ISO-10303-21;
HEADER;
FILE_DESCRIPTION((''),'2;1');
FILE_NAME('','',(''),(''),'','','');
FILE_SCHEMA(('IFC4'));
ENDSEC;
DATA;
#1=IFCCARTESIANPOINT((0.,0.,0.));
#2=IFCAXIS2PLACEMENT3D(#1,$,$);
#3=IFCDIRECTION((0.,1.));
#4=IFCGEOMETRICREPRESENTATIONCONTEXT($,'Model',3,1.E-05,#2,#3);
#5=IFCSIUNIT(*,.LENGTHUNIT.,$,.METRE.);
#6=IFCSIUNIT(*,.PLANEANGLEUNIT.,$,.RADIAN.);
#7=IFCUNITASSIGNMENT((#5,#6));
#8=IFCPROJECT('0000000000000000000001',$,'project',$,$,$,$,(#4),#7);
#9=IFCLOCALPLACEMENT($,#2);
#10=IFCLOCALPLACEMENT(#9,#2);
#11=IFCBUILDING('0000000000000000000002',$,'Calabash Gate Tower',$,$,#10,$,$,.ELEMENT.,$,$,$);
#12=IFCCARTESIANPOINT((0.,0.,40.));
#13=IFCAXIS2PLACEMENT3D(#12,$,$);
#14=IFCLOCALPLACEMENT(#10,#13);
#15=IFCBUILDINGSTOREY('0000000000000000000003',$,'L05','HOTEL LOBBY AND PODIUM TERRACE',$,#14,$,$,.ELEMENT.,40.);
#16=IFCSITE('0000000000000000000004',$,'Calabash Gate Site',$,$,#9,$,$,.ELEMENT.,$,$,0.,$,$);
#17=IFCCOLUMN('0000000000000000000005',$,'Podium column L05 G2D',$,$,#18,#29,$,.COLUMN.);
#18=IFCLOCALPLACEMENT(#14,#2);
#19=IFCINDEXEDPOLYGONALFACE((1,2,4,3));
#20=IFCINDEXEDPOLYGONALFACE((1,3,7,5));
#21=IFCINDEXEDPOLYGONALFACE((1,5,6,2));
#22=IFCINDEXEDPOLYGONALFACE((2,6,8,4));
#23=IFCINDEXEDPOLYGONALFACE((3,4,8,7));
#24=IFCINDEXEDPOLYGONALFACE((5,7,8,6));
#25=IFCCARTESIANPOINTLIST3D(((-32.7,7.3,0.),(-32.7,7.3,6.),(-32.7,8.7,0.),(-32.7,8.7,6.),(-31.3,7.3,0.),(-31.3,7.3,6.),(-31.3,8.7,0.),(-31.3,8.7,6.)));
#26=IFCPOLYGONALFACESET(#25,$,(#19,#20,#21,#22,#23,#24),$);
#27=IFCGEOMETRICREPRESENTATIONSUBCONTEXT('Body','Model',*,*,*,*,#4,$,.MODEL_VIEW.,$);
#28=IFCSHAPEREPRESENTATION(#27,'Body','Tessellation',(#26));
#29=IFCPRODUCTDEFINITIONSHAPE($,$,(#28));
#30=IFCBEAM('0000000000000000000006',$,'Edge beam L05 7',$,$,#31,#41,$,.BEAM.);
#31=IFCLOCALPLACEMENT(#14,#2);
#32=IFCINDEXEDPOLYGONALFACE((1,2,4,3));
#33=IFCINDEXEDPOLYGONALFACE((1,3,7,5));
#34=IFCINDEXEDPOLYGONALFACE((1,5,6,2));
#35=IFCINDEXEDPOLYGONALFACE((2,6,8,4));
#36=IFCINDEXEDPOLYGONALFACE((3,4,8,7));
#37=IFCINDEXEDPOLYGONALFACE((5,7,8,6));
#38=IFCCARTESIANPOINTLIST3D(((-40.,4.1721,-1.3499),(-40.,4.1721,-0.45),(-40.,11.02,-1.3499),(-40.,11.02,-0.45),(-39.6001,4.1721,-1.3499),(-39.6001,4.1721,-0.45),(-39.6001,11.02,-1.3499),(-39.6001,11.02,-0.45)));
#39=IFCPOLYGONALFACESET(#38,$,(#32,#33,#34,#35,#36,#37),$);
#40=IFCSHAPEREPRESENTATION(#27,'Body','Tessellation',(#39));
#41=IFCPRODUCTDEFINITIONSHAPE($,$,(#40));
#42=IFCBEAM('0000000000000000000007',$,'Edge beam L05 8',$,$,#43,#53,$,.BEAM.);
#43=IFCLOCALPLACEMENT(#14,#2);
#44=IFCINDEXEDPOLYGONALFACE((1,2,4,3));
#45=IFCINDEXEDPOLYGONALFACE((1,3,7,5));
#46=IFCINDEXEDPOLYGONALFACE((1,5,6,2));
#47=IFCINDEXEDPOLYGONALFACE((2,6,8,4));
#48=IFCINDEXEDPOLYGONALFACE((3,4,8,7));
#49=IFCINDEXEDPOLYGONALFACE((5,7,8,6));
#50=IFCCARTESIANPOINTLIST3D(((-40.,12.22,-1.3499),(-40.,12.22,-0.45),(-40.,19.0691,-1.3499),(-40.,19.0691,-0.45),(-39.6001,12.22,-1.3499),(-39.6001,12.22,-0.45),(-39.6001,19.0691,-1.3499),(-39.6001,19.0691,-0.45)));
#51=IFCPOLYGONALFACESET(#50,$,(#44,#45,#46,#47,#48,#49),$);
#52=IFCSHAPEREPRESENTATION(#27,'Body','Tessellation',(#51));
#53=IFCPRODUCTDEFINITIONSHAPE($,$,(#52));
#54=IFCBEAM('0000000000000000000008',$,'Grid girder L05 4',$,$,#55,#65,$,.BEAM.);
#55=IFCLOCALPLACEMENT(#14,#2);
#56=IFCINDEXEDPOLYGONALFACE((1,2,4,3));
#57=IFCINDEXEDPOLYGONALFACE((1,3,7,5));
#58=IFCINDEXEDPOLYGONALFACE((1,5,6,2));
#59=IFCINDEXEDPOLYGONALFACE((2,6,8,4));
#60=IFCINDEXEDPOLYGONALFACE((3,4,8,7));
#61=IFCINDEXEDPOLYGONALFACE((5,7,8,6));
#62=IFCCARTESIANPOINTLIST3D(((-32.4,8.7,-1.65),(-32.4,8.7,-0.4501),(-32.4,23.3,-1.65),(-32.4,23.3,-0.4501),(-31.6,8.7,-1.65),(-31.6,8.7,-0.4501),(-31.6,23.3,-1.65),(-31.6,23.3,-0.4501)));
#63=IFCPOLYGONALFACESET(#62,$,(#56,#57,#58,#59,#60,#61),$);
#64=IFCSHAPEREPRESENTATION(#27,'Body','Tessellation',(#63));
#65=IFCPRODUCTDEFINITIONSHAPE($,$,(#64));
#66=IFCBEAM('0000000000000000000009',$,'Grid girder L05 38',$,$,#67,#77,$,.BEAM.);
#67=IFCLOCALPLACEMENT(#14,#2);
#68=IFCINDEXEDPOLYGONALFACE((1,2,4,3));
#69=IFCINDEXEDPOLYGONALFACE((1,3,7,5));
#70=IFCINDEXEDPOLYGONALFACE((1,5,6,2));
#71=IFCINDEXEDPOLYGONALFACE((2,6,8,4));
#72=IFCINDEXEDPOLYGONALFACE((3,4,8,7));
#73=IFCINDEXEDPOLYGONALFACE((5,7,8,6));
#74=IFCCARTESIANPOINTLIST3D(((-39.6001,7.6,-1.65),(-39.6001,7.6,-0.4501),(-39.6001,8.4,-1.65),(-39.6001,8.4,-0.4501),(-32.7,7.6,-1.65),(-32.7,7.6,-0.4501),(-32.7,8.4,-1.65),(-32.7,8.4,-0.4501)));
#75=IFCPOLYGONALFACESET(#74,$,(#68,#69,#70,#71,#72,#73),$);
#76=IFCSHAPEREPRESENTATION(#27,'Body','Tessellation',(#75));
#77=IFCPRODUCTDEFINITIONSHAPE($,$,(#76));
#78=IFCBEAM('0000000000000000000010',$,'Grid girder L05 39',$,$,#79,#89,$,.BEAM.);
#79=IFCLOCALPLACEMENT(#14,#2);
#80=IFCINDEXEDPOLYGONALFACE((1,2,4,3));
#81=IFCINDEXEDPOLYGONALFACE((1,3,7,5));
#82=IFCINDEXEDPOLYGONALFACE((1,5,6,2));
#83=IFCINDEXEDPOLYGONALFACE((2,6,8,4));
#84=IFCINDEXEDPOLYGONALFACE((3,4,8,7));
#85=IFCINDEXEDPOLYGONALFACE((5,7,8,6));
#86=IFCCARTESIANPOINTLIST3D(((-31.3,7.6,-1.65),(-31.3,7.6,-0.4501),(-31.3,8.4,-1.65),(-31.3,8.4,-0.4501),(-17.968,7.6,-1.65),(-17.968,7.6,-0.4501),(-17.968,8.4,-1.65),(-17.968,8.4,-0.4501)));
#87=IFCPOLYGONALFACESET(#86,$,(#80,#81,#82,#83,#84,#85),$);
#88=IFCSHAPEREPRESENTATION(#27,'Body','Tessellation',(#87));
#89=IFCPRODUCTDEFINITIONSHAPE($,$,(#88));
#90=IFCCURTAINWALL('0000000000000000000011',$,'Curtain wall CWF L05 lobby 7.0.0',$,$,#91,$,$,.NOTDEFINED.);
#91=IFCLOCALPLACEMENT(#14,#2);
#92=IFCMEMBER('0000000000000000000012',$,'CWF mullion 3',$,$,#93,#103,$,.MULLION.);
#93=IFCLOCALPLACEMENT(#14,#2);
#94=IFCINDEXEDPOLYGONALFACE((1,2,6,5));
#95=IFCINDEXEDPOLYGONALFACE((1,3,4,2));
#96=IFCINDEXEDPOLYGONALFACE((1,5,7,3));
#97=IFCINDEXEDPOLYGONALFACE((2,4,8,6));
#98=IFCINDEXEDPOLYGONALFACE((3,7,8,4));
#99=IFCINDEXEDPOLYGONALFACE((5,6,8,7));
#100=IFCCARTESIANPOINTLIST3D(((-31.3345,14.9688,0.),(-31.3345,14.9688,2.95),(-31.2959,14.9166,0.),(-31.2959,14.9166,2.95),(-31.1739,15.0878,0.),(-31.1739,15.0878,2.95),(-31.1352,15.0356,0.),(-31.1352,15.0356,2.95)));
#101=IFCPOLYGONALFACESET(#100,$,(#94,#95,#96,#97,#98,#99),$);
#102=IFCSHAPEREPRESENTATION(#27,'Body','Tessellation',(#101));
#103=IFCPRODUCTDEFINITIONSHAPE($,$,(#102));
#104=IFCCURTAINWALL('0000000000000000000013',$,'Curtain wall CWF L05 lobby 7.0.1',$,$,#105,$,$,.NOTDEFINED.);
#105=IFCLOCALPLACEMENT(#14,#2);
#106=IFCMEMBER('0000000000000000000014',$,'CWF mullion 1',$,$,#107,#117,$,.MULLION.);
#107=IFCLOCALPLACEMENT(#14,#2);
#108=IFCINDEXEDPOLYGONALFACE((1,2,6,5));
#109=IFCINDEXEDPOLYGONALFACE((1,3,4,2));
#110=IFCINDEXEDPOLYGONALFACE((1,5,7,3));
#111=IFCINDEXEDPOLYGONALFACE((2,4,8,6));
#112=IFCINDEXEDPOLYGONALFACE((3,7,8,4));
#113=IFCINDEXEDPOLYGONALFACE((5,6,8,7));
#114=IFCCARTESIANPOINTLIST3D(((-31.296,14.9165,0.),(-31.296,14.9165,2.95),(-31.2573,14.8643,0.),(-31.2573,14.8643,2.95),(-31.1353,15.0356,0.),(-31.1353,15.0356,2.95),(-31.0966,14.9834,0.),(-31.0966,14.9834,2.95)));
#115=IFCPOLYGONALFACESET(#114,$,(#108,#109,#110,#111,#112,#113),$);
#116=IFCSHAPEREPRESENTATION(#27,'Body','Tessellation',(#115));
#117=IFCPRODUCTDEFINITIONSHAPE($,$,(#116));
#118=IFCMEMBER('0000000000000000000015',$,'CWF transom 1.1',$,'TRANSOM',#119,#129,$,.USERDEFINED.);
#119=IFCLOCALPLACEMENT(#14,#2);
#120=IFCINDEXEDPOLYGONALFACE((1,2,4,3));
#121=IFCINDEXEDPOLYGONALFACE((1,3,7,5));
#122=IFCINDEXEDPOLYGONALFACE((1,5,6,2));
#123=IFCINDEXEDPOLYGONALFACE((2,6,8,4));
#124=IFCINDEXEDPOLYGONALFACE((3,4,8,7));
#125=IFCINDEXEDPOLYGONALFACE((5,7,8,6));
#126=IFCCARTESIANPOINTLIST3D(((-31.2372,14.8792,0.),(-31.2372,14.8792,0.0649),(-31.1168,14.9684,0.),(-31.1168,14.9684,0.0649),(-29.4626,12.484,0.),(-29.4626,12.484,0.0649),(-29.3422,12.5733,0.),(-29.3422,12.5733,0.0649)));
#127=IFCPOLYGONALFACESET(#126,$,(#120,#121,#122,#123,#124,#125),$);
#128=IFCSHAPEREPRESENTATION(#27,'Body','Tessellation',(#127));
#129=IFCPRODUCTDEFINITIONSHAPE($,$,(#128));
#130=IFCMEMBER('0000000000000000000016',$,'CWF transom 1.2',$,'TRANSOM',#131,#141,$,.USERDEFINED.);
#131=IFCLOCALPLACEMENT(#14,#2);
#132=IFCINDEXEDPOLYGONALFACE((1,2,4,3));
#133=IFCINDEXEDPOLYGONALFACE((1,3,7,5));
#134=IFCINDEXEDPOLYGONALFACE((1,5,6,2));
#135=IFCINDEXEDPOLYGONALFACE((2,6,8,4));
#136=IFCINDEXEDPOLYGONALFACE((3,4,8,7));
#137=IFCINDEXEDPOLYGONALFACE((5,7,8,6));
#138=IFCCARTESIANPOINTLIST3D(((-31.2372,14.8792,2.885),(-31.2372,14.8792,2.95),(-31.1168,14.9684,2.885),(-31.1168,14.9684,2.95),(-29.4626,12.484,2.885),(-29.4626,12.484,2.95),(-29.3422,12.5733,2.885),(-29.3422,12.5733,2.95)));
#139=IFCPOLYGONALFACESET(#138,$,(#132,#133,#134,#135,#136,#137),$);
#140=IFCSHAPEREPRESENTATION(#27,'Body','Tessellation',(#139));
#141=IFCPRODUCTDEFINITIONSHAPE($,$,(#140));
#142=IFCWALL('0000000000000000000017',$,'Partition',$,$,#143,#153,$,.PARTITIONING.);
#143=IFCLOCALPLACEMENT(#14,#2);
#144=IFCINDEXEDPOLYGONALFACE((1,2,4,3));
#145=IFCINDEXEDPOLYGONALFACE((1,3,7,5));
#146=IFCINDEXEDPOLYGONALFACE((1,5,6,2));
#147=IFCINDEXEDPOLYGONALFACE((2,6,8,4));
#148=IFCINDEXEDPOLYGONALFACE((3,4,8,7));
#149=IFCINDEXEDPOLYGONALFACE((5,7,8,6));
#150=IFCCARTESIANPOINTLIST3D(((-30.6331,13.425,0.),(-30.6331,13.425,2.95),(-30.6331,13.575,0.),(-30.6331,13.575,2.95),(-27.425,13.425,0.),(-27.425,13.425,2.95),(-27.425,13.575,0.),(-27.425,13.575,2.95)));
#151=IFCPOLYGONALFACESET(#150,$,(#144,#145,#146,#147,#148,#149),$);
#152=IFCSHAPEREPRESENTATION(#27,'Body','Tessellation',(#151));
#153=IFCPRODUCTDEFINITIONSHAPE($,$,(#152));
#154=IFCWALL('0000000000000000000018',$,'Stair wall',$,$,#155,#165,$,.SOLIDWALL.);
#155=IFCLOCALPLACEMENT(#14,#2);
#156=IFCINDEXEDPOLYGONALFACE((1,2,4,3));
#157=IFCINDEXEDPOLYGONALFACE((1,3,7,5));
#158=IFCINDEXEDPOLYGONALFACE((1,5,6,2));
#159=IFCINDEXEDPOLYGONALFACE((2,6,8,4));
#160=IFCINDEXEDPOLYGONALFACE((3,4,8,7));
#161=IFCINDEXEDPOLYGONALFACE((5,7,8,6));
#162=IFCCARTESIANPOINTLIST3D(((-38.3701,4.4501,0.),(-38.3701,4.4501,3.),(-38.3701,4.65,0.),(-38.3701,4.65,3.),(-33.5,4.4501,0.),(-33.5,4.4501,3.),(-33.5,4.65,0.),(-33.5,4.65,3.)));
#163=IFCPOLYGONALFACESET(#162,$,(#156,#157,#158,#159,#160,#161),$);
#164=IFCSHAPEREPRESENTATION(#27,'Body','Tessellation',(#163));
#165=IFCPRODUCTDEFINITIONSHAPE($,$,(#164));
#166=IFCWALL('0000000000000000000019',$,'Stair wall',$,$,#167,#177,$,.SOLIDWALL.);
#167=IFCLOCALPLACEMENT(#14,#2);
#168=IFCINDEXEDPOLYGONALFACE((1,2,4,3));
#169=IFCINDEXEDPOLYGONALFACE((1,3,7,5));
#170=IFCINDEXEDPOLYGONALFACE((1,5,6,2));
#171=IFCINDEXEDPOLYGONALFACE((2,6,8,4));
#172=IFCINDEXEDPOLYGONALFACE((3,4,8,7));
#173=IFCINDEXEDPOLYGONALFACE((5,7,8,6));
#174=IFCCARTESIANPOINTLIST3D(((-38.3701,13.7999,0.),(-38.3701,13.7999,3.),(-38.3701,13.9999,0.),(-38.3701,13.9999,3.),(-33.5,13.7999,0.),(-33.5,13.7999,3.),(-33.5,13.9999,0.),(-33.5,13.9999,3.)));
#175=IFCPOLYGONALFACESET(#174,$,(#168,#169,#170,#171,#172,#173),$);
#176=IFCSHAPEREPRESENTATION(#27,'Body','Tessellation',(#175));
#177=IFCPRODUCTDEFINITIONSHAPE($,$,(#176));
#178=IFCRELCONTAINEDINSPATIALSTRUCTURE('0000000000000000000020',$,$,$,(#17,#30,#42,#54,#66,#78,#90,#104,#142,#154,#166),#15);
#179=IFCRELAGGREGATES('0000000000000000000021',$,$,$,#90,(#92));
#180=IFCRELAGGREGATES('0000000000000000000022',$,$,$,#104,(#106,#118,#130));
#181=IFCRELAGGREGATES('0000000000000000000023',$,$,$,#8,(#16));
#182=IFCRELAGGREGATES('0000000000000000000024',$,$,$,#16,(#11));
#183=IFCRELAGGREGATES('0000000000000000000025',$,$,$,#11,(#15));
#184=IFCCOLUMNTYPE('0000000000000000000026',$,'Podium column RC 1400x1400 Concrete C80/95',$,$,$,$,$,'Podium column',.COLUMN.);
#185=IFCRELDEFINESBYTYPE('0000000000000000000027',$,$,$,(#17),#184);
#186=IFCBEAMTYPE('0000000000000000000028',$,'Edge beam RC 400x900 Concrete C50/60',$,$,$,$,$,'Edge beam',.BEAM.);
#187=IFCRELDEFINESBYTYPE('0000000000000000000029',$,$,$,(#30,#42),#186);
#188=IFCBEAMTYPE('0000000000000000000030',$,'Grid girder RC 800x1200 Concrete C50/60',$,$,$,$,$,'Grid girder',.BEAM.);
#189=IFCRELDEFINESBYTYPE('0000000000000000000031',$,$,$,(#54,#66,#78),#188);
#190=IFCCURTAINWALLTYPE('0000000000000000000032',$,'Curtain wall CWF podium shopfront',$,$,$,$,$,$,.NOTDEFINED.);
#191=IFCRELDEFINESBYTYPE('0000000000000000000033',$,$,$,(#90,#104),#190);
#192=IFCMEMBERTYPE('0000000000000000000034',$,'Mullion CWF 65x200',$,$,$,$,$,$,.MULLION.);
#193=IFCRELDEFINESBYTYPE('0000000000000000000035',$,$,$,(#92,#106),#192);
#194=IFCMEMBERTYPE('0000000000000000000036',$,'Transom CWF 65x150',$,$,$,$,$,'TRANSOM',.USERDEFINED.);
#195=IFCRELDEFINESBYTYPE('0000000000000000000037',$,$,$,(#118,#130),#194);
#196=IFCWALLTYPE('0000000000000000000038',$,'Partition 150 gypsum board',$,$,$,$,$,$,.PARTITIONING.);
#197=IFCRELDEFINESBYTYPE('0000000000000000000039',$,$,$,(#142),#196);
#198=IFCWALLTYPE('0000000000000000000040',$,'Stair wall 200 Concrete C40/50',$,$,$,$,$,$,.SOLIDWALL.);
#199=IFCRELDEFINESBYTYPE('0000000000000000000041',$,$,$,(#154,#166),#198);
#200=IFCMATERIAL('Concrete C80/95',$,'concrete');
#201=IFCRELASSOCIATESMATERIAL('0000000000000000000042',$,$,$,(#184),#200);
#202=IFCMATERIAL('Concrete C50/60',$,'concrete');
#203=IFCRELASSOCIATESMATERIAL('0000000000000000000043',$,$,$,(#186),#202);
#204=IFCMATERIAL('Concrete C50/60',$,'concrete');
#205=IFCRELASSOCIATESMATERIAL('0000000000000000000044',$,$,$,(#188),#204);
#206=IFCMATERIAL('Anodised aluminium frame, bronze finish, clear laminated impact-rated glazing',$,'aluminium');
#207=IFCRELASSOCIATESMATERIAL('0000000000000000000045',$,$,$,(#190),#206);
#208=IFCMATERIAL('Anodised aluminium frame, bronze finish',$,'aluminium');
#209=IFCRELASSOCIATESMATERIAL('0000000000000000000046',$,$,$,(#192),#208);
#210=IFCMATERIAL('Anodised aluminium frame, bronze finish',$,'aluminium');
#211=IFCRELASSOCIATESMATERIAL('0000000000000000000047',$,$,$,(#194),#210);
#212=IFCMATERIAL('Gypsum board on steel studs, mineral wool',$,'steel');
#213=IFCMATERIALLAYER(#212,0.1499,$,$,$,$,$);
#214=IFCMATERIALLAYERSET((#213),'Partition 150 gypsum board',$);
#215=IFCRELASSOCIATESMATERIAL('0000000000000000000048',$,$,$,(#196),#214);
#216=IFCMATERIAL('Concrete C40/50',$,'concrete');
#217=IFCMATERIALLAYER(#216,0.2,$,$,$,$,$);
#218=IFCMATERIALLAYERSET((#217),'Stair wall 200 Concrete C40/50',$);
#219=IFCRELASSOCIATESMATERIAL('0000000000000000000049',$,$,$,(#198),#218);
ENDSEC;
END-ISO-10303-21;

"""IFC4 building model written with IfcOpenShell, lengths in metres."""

from ifc_helpers import new_model, si_unit, direction, frame, frame_2d, origin, origin_2d, place, context, subcontext, project, spatial, rectangle, extrude, material, layer, layer_set, material_profile, profile_set, type_object, element, aggregate, save


model = new_model("IFC4")

# Units and contexts
model_context = context("Model", 3, precision=1e-05, world=origin(), true_north=direction((0.0, 1.0)))
body_context = subcontext(model_context, "Body", "Model", "MODEL_VIEW")
ifc_project = project(units=[si_unit("LENGTHUNIT", "METRE"), si_unit("PLANEANGLEUNIT", "RADIAN")], contexts=[model_context])

# Site, building, storey
site_placement = place(None, origin())
site = spatial("IfcSite", under=ifc_project, at=site_placement, Name="Calabash Gate Site", CompositionType="ELEMENT", RefElevation=0.0)
building_placement = place(site_placement, origin())
building = spatial("IfcBuilding", under=site, at=building_placement, Name="Calabash Gate Tower", CompositionType="ELEMENT")
storey_placement = place(building_placement, frame((0.0, 0.0, 40.0)))
storey = spatial("IfcBuildingStorey", under=building, at=storey_placement, Name="L05", Description="HOTEL LOBBY AND PODIUM TERRACE", CompositionType="ELEMENT", Elevation=40.0)

# Column
ifc_material_1 = material(Name="Concrete C80/95", Category="concrete")
ifc_material_profile_1 = material_profile(ifc_material_1, rectangle(XDim=1.3999, YDim=1.3999, at=origin_2d()))
ifc_profile_set_1 = profile_set([ifc_material_profile_1], Name="Concrete C80/95")
column_type = type_object("IfcColumnType", Name="Podium column RC 1400x1400 Concrete C80/95", ElementType="Podium column", PredefinedType="COLUMN", material=ifc_profile_set_1)
column_placement = place(storey_placement, frame((-32.0, 8.0, 0.0), z_axis=(0.0, 0.0, 1.0), x_axis=(1.0, 0.0, 0.0)))
element("IfcColumn", 1, at=column_placement, inside=storey, type_object=column_type, Name="Podium column L05 G2D", PredefinedType="COLUMN", context=body_context, shape_type="SweptSolid", body=[
    extrude(rectangle(XDim=1.3999, YDim=1.3999, at=origin_2d()), origin(), (0.0, 0.0, 1.0), 6.0),
])

# Beams
ifc_material_2 = material(Name="Concrete C50/60", Category="concrete")
ifc_material_profile_2 = material_profile(ifc_material_2, rectangle(XDim=0.3999, YDim=0.8999, at=origin_2d()))
ifc_profile_set_2 = profile_set([ifc_material_profile_2], Name="Concrete C50/60")
beam_type_1 = type_object("IfcBeamType", Name="Edge beam RC 400x900 Concrete C50/60", ElementType="Edge beam", PredefinedType="BEAM", material=ifc_profile_set_2)
beam_1_placement = place(storey_placement, frame((-39.8, 4.1721, -0.8999), z_axis=(0.0, 1.0, 0.0), x_axis=(-1.0, 0.0, 0.0)))
element("IfcBeam", 2, at=beam_1_placement, inside=storey, type_object=beam_type_1, Name="Edge beam L05 7", PredefinedType="BEAM", context=body_context, shape_type="SweptSolid", body=[
    extrude(rectangle(XDim=0.3999, YDim=0.8999, at=origin_2d()), origin(), (0.0, 0.0, 1.0), 6.8479),
])
beam_2_placement = place(storey_placement, frame((-39.8, 12.22, -0.8999), z_axis=(0.0, 1.0, 0.0), x_axis=(-1.0, 0.0, 0.0)))
element("IfcBeam", 3, at=beam_2_placement, inside=storey, type_object=beam_type_1, Name="Edge beam L05 8", PredefinedType="BEAM", context=body_context, shape_type="SweptSolid", body=[
    extrude(rectangle(XDim=0.3999, YDim=0.8999, at=origin_2d()), origin(), (0.0, 0.0, 1.0), 6.8491),
])
ifc_material_3 = material(Name="Concrete C50/60", Category="concrete")
ifc_material_profile_3 = material_profile(ifc_material_3, rectangle(XDim=0.8, YDim=1.2, at=origin_2d()))
ifc_profile_set_3 = profile_set([ifc_material_profile_3], Name="Concrete C50/60")
beam_type_2 = type_object("IfcBeamType", Name="Grid girder RC 800x1200 Concrete C50/60", ElementType="Grid girder", PredefinedType="BEAM", material=ifc_profile_set_3)
beam_3_placement = place(storey_placement, frame((-32.0, 8.7, -1.05), z_axis=(0.0, 1.0, 0.0), x_axis=(-1.0, 0.0, 0.0)))
element("IfcBeam", 4, at=beam_3_placement, inside=storey, type_object=beam_type_2, Name="Grid girder L05 4", PredefinedType="BEAM", context=body_context, shape_type="SweptSolid", body=[
    extrude(rectangle(XDim=0.8, YDim=1.2, at=origin_2d()), origin(), (0.0, 0.0, 1.0), 14.6001),
])
beam_4_placement = place(storey_placement, frame((-39.6001, 8.0, -1.05), z_axis=(1.0, 0.0, 0.0), x_axis=(0.0, 1.0, 0.0)))
element("IfcBeam", 5, at=beam_4_placement, inside=storey, type_object=beam_type_2, Name="Grid girder L05 38", PredefinedType="BEAM", context=body_context, shape_type="SweptSolid", body=[
    extrude(rectangle(XDim=0.8, YDim=1.2, at=origin_2d()), origin(), (0.0, 0.0, 1.0), 6.9001),
])
beam_5_placement = place(storey_placement, frame((-31.3, 8.0, -1.05), z_axis=(1.0, 0.0, 0.0), x_axis=(0.0, 1.0, 0.0)))
element("IfcBeam", 6, at=beam_5_placement, inside=storey, type_object=beam_type_2, Name="Grid girder L05 39", PredefinedType="BEAM", context=body_context, shape_type="SweptSolid", body=[
    extrude(rectangle(XDim=0.8, YDim=1.2, at=origin_2d()), origin(), (0.0, 0.0, 1.0), 13.332),
])

# Curtain wall, member
ifc_material_4 = material(Name="Anodised aluminium frame, bronze finish, clear laminated impact-rated glazing", Category="aluminium")
curtain_wall_type = type_object("IfcCurtainWallType", Name="Curtain wall CWF podium shopfront", PredefinedType="NOTDEFINED", material=ifc_material_4)
curtain_wall_1_placement = place(storey_placement, origin())
curtain_wall_1 = element("IfcCurtainWall", 7, at=curtain_wall_1_placement, inside=storey, type_object=curtain_wall_type, Name="Curtain wall CWF L05 lobby 7.0.0", PredefinedType="NOTDEFINED")
ifc_material_5 = material(Name="Anodised aluminium frame, bronze finish", Category="aluminium")
ifc_material_profile_4 = material_profile(ifc_material_5, rectangle(XDim=0.2, YDim=0.0649, at=origin_2d()))
ifc_profile_set_4 = profile_set([ifc_material_profile_4], Name="Anodised aluminium frame, bronze finish")
member_type_1 = type_object("IfcMemberType", Name="Mullion CWF 65x200", PredefinedType="MULLION", material=ifc_profile_set_4)
member_1_placement = place(storey_placement, frame((-31.2349, 15.0022, 0.0), z_axis=(0.0, 0.0, 1.0), x_axis=(0.803513, 0.595287, 0.0)))
member_1 = element("IfcMember", 8, at=member_1_placement, type_object=member_type_1, Name="CWF mullion 3", PredefinedType="MULLION", context=body_context, shape_type="SweptSolid", body=[
    extrude(rectangle(XDim=0.2, YDim=0.0649, at=origin_2d()), origin(), (0.0, 0.0, 1.0), 2.95),
])
aggregate(curtain_wall_1, [member_1])

# Curtain wall, members
curtain_wall_2_placement = place(storey_placement, origin())
curtain_wall_2 = element("IfcCurtainWall", 9, at=curtain_wall_2_placement, inside=storey, type_object=curtain_wall_type, Name="Curtain wall CWF L05 lobby 7.0.1", PredefinedType="NOTDEFINED")
member_2_placement = place(storey_placement, frame((-31.1963, 14.95, 0.0), z_axis=(0.0, 0.0, 1.0), x_axis=(0.803513, 0.595287, 0.0)))
member_2 = element("IfcMember", 10, at=member_2_placement, type_object=member_type_1, Name="CWF mullion 1", PredefinedType="MULLION", context=body_context, shape_type="SweptSolid", body=[
    extrude(rectangle(XDim=0.2, YDim=0.0649, at=origin_2d()), origin(), (0.0, 0.0, 1.0), 2.95),
])
ifc_material_6 = material(Name="Anodised aluminium frame, bronze finish", Category="aluminium")
ifc_material_profile_5 = material_profile(ifc_material_6, rectangle(XDim=0.1499, YDim=0.0649, at=origin_2d()))
ifc_profile_set_5 = profile_set([ifc_material_profile_5], Name="Anodised aluminium frame, bronze finish")
member_type_2 = type_object("IfcMemberType", Name="Transom CWF 65x150", ElementType="TRANSOM", PredefinedType="USERDEFINED", material=ifc_profile_set_5)
member_3_placement = place(storey_placement, frame((-31.177, 14.9238, 0.0325), z_axis=(0.595312, -0.803495, 0.0), x_axis=(0.803495, 0.595312, 0.0)))
member_3 = element("IfcMember", 11, at=member_3_placement, type_object=member_type_2, Name="CWF transom 1.1", ObjectType="TRANSOM", PredefinedType="USERDEFINED", context=body_context, shape_type="SweptSolid", body=[
    extrude(rectangle(XDim=0.1499, YDim=0.0649, at=origin_2d()), origin(), (0.0, 0.0, 1.0), 2.981),
])
member_4_placement = place(storey_placement, frame((-31.177, 14.9238, 2.9175), z_axis=(0.595312, -0.803495, 0.0), x_axis=(0.803495, 0.595312, 0.0)))
member_4 = element("IfcMember", 12, at=member_4_placement, type_object=member_type_2, Name="CWF transom 1.2", ObjectType="TRANSOM", PredefinedType="USERDEFINED", context=body_context, shape_type="SweptSolid", body=[
    extrude(rectangle(XDim=0.1499, YDim=0.0649, at=origin_2d()), origin(), (0.0, 0.0, 1.0), 2.981),
])
aggregate(curtain_wall_2, [member_2, member_3, member_4])

# Walls
ifc_material_7 = material(Name="Gypsum board on steel studs, mineral wool", Category="steel")
ifc_layer_1 = layer(ifc_material_7, 0.1499)
ifc_layer_set_1 = layer_set([ifc_layer_1], Name="Partition 150 gypsum board")
wall_type_1 = type_object("IfcWallType", Name="Partition 150 gypsum board", PredefinedType="PARTITIONING", material=ifc_layer_set_1)
wall_1_placement = place(storey_placement, frame((-30.6331, 13.5, 0.0), z_axis=(0.0, 0.0, 1.0), x_axis=(1.0, 0.0, 0.0)))
element("IfcWall", 13, at=wall_1_placement, inside=storey, type_object=wall_type_1, Name="Partition", PredefinedType="PARTITIONING", context=body_context, shape_type="SweptSolid", body=[
    extrude(rectangle(XDim=3.208, YDim=0.1499, at=frame_2d((1.604, 0.0))), origin(), (0.0, 0.0, 1.0), 2.95),
])
ifc_material_8 = material(Name="Concrete C40/50", Category="concrete")
ifc_layer_2 = layer(ifc_material_8, 0.2)
ifc_layer_set_2 = layer_set([ifc_layer_2], Name="Stair wall 200 Concrete C40/50")
wall_type_2 = type_object("IfcWallType", Name="Stair wall 200 Concrete C40/50", PredefinedType="SOLIDWALL", material=ifc_layer_set_2)
for number, where, z_axis, x_axis, name in (
    (14, (-38.3701, 4.55, 0.0), (0.0, 0.0, 1.0), (1.0, 0.0, 0.0), "Stair wall"),
    (15, (-38.3701, 13.8999, 0.0), (0.0, 0.0, 1.0), (1.0, 0.0, 0.0), "Stair wall"),
):
    element("IfcWall", number, at=place(storey_placement, frame(where, z_axis=z_axis, x_axis=x_axis)), inside=storey, type_object=wall_type_2, Name=name, PredefinedType="SOLIDWALL", context=body_context, shape_type="SweptSolid", body=[
        extrude(rectangle(XDim=4.8701, YDim=0.2, at=frame_2d((2.4351, 0.0))), origin(), (0.0, 0.0, 1.0), 3.0),
    ])

save(model, "model.ifc")
